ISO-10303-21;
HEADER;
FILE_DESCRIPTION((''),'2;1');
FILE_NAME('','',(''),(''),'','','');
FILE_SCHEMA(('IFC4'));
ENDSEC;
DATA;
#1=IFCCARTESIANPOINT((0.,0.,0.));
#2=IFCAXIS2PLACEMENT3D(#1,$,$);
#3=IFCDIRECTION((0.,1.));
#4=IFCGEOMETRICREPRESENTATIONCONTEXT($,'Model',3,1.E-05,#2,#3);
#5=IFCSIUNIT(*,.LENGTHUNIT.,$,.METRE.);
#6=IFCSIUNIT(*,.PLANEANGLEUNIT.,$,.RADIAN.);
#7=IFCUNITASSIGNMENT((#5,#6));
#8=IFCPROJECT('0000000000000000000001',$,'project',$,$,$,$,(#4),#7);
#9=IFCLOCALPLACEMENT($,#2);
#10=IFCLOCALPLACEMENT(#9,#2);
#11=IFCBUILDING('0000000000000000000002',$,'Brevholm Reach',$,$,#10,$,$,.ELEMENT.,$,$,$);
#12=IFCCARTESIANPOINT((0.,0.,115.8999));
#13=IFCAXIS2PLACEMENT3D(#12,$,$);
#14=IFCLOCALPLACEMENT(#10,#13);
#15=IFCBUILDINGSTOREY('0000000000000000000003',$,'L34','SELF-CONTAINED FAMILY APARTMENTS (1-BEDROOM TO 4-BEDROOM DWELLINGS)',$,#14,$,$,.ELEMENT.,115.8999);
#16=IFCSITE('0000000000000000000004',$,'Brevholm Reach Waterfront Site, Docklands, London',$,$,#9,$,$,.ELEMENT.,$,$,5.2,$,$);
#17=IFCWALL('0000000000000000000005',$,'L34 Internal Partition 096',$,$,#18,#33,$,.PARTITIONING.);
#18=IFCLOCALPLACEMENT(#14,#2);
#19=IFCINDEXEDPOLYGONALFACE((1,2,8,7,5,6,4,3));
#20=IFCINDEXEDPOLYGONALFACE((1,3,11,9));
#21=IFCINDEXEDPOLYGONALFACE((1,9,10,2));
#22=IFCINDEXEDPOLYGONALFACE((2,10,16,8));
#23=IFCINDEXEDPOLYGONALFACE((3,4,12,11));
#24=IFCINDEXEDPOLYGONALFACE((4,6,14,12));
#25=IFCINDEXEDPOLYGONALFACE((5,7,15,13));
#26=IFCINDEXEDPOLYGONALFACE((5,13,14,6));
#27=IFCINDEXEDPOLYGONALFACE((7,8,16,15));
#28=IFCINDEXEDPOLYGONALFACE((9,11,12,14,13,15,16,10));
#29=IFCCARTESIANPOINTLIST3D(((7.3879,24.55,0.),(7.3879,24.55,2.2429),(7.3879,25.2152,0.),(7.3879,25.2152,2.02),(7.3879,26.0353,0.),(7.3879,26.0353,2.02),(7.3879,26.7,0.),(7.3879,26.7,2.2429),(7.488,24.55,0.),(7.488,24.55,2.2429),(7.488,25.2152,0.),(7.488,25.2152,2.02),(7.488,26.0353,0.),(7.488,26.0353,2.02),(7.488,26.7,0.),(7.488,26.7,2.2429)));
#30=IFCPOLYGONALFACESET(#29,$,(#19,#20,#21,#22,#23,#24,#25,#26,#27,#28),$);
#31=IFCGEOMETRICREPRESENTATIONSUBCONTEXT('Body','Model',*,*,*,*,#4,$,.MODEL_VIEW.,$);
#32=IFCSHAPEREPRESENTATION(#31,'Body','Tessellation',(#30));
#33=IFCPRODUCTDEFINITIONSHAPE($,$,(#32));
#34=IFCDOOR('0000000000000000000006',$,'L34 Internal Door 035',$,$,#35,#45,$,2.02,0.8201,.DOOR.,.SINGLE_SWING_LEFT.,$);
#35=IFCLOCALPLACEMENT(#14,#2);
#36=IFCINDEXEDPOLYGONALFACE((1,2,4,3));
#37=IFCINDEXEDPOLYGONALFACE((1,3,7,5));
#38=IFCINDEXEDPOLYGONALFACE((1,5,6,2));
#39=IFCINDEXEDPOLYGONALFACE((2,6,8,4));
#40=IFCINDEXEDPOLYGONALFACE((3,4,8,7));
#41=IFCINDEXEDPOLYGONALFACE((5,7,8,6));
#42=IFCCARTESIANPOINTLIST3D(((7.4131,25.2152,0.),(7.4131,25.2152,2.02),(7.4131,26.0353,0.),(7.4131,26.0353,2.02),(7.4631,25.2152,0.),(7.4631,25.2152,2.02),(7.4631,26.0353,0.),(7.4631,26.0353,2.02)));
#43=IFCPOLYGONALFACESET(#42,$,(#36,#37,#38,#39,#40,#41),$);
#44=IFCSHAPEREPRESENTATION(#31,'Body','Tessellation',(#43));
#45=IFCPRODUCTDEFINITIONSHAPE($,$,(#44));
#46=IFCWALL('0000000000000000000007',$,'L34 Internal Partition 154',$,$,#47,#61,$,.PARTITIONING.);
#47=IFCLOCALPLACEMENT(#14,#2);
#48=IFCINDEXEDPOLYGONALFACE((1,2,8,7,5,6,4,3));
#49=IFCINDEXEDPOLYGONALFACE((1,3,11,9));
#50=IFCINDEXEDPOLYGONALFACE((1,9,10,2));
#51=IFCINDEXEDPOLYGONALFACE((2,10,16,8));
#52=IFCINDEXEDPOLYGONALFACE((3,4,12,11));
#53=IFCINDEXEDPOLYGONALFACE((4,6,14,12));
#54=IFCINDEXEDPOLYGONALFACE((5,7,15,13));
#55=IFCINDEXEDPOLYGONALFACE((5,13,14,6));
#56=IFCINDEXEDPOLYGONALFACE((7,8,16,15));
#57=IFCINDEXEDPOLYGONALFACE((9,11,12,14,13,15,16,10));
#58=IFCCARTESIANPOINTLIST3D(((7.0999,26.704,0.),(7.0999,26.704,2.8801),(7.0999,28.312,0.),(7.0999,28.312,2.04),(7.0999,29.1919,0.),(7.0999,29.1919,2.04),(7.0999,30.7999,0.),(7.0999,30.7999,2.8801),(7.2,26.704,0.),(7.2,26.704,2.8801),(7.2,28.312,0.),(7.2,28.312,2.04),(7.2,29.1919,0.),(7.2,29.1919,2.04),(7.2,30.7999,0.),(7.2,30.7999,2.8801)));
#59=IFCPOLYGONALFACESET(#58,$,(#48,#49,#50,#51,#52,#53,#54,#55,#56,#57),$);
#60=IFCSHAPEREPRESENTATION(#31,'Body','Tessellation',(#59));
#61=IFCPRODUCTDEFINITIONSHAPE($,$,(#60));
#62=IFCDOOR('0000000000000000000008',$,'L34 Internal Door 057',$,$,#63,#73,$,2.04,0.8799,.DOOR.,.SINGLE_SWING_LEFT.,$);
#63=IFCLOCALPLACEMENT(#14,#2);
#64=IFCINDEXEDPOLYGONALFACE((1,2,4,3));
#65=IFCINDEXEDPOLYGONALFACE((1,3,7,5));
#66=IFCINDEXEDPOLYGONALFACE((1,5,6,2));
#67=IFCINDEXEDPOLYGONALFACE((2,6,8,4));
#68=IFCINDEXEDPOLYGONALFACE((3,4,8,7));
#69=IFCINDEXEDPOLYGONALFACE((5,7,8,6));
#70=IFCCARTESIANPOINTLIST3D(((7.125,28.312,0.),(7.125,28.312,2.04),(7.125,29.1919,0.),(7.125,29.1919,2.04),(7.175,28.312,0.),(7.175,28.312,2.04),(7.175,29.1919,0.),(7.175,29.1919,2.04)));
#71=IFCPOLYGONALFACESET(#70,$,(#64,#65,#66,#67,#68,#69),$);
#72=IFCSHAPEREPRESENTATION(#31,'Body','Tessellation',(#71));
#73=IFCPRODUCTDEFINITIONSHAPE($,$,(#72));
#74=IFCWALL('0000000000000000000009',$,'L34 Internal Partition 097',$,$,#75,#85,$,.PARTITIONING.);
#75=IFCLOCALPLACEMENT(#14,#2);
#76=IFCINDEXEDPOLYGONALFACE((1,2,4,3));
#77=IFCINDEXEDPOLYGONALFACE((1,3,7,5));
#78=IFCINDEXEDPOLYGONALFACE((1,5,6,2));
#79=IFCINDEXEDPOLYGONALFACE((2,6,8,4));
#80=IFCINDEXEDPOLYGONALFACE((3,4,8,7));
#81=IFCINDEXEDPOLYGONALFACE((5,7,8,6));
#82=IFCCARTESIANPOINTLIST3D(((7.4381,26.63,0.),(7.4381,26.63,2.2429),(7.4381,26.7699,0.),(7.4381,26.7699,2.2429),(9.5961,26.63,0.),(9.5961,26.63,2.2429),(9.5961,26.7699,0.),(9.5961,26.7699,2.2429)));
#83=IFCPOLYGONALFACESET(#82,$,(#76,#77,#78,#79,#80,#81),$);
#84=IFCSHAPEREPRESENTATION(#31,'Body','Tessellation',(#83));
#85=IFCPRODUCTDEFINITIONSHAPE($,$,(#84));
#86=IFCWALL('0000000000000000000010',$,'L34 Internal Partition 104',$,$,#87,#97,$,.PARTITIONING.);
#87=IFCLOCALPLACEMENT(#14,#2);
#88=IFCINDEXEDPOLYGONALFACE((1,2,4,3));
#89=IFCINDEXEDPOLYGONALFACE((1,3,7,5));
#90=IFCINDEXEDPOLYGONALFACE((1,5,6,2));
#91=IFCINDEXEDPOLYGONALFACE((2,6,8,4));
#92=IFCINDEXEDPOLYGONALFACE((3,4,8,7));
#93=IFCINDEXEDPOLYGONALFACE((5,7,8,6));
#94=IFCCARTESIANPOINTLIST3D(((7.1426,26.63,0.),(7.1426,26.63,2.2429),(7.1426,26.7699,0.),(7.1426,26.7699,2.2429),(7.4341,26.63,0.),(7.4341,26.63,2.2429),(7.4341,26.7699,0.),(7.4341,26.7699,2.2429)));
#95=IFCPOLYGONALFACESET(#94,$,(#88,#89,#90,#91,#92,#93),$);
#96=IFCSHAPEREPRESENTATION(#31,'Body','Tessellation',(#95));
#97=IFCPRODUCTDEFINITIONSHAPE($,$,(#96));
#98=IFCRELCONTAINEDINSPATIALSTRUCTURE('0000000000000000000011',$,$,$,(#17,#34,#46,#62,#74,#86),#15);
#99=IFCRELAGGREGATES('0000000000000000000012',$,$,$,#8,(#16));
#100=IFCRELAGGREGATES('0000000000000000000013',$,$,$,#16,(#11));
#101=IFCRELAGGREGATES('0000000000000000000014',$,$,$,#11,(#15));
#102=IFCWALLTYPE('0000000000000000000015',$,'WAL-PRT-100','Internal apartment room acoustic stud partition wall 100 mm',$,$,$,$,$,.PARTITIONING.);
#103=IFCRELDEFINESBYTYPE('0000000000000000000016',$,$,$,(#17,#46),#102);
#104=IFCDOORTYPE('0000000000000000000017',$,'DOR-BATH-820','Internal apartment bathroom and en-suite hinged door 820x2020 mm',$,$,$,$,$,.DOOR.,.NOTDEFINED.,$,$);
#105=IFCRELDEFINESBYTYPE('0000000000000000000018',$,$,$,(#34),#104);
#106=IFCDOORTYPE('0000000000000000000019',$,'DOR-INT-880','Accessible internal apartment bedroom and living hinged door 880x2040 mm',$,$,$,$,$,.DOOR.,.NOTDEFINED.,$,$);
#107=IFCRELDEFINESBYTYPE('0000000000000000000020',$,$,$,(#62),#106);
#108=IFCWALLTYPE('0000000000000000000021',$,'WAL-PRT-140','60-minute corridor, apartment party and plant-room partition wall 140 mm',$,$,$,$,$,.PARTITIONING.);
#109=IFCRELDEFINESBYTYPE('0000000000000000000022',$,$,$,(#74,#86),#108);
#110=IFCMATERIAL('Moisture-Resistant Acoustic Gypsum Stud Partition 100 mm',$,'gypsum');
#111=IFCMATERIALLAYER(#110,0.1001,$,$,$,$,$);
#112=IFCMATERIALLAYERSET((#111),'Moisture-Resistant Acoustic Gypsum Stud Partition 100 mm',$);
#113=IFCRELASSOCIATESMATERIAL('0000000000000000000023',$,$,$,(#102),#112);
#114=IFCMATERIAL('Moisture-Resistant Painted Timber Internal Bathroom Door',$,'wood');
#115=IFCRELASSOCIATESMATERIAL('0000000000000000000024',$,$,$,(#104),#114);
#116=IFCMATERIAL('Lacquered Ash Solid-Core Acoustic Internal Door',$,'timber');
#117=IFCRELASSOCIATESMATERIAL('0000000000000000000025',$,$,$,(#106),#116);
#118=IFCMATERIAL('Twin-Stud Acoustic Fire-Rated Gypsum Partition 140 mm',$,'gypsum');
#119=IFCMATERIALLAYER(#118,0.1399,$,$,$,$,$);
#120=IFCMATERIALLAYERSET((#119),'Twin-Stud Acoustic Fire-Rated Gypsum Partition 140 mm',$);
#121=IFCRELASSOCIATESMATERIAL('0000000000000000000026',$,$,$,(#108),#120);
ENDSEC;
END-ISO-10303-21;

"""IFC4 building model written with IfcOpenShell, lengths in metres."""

from ifc_helpers import new_model, si_unit, direction, frame, frame_2d, origin, place, context, subcontext, project, spatial, rectangle, extrude, material, layer, layer_set, type_object, element, fill, save


model = new_model("IFC4")

# Units and contexts
model_context = context("Model", 3, precision=1e-05, world=origin(), true_north=direction((0.0, 1.0)))
body_context = subcontext(model_context, "Body", "Model", "MODEL_VIEW")
ifc_project = project(units=[si_unit("LENGTHUNIT", "METRE"), si_unit("PLANEANGLEUNIT", "RADIAN")], contexts=[model_context])

# Site, building, storey
site_placement = place(None, origin())
site = spatial("IfcSite", under=ifc_project, at=site_placement, Name="Brevholm Reach Waterfront Site, Docklands, London", CompositionType="ELEMENT", RefElevation=5.2)
building_placement = place(site_placement, origin())
building = spatial("IfcBuilding", under=site, at=building_placement, Name="Brevholm Reach", CompositionType="ELEMENT")
storey_placement = place(building_placement, frame((0.0, 0.0, 115.8999)))
storey = spatial("IfcBuildingStorey", under=building, at=storey_placement, Name="L34", Description="SELF-CONTAINED FAMILY APARTMENTS (1-BEDROOM TO 4-BEDROOM DWELLINGS)", CompositionType="ELEMENT", Elevation=115.8999)

# Shared definitions
ifc_material_1 = material(Name="Moisture-Resistant Acoustic Gypsum Stud Partition 100 mm", Category="gypsum")
ifc_layer_1 = layer(ifc_material_1, 0.1001)
ifc_layer_set_1 = layer_set([ifc_layer_1], Name="Moisture-Resistant Acoustic Gypsum Stud Partition 100 mm")
wall_type_1 = type_object("IfcWallType", Name="WAL-PRT-100", Description="Internal apartment room acoustic stud partition wall 100 mm", PredefinedType="PARTITIONING", material=ifc_layer_set_1)

# Walls, openings, doors
wall_1_placement = place(storey_placement, frame((7.438, 24.55, 0.0), z_axis=(0.0, 0.0, 1.0), x_axis=(0.0, 1.0, 0.0)))
wall_1 = element("IfcWall", 1, at=wall_1_placement, inside=storey, type_object=wall_type_1, Name="L34 Internal Partition 096", PredefinedType="PARTITIONING", context=body_context, shape_type="SweptSolid", body=[
    extrude(rectangle(XDim=2.1499, YDim=0.1001, at=frame_2d((1.075, 0.0))), origin(), (0.0, 0.0, 1.0), 2.2429),
])
opening_1_placement = place(wall_1_placement, frame((0.665, 0.0, 0.0)))
opening_1 = element("IfcOpeningElement", 2, at=opening_1_placement, cuts=wall_1, PredefinedType="OPENING", context=body_context, shape_type="SweptSolid", body=[
    extrude(rectangle(XDim=0.8201, YDim=2.02, at=frame_2d((0.4102, 1.01))), frame((0.0, 0.0601, 0.0), z_axis=(0.0, -1.0, 0.0), x_axis=(1.0, 0.0, 0.0)), (0.0, 0.0, 1.0), 0.1201),
])
ifc_material_2 = material(Name="Moisture-Resistant Painted Timber Internal Bathroom Door", Category="wood")
door_type_1 = type_object("IfcDoorType", Name="DOR-BATH-820", Description="Internal apartment bathroom and en-suite hinged door 820x2020 mm", OperationType="NOTDEFINED", PredefinedType="DOOR", material=ifc_material_2)
door_1_placement = place(opening_1_placement, origin())
door_1 = element("IfcDoor", 3, at=door_1_placement, inside=storey, type_object=door_type_1, Name="L34 Internal Door 035", OperationType="SINGLE_SWING_LEFT", OverallHeight=2.02, OverallWidth=0.8201, PredefinedType="DOOR", context=body_context, shape_type="SweptSolid", body=[
    extrude(rectangle(XDim=0.8201, YDim=2.02, at=frame_2d((0.4102, 1.01))), frame((0.0, 0.0249, 0.0), z_axis=(0.0, -1.0, 0.0), x_axis=(1.0, 0.0, 0.0)), (0.0, 0.0, 1.0), 0.05),
])
fill(opening_1, door_1)
wall_2_placement = place(storey_placement, frame((7.1499, 26.7041, 0.0), z_axis=(0.0, 0.0, 1.0), x_axis=(0.0, 1.0, 0.0)))
wall_2 = element("IfcWall", 4, at=wall_2_placement, inside=storey, type_object=wall_type_1, Name="L34 Internal Partition 154", PredefinedType="PARTITIONING", context=body_context, shape_type="SweptSolid", body=[
    extrude(rectangle(XDim=4.0959, YDim=0.1001, at=frame_2d((2.0479, 0.0))), origin(), (0.0, 0.0, 1.0), 2.8801),
])
opening_2_placement = place(wall_2_placement, frame((1.6079, 0.0, 0.0)))
opening_2 = element("IfcOpeningElement", 5, at=opening_2_placement, cuts=wall_2, PredefinedType="OPENING", context=body_context, shape_type="SweptSolid", body=[
    extrude(rectangle(XDim=0.8799, YDim=2.04, at=frame_2d((0.4399, 1.02))), frame((0.0, 0.0601, 0.0), z_axis=(0.0, -1.0, 0.0), x_axis=(1.0, 0.0, 0.0)), (0.0, 0.0, 1.0), 0.1201),
])
ifc_material_3 = material(Name="Lacquered Ash Solid-Core Acoustic Internal Door", Category="timber")
door_type_2 = type_object("IfcDoorType", Name="DOR-INT-880", Description="Accessible internal apartment bedroom and living hinged door 880x2040 mm", OperationType="NOTDEFINED", PredefinedType="DOOR", material=ifc_material_3)
door_2_placement = place(opening_2_placement, origin())
door_2 = element("IfcDoor", 6, at=door_2_placement, inside=storey, type_object=door_type_2, Name="L34 Internal Door 057", OperationType="SINGLE_SWING_LEFT", OverallHeight=2.04, OverallWidth=0.8799, PredefinedType="DOOR", context=body_context, shape_type="SweptSolid", body=[
    extrude(rectangle(XDim=0.8799, YDim=2.04, at=frame_2d((0.4399, 1.02))), frame((0.0, 0.0249, 0.0), z_axis=(0.0, -1.0, 0.0), x_axis=(1.0, 0.0, 0.0)), (0.0, 0.0, 1.0), 0.05),
])
fill(opening_2, door_2)

# Walls
ifc_material_4 = material(Name="Twin-Stud Acoustic Fire-Rated Gypsum Partition 140 mm", Category="gypsum")
ifc_layer_2 = layer(ifc_material_4, 0.1399)
ifc_layer_set_2 = layer_set([ifc_layer_2], Name="Twin-Stud Acoustic Fire-Rated Gypsum Partition 140 mm")
wall_type_2 = type_object("IfcWallType", Name="WAL-PRT-140", Description="60-minute corridor, apartment party and plant-room partition wall 140 mm", PredefinedType="PARTITIONING", material=ifc_layer_set_2)
wall_3_placement = place(storey_placement, frame((7.438, 26.7, 0.0), z_axis=(0.0, 0.0, 1.0), x_axis=(1.0, 0.0, 0.0)))
element("IfcWall", 7, at=wall_3_placement, inside=storey, type_object=wall_type_2, Name="L34 Internal Partition 097", PredefinedType="PARTITIONING", context=body_context, shape_type="SweptSolid", body=[
    extrude(rectangle(XDim=2.158, YDim=0.1399, at=frame_2d((1.0791, 0.0))), origin(), (0.0, 0.0, 1.0), 2.2429),
])
wall_4_placement = place(storey_placement, frame((7.1426, 26.7, 0.0), z_axis=(0.0, 0.0, 1.0), x_axis=(1.0, 0.0, 0.0)))
element("IfcWall", 8, at=wall_4_placement, inside=storey, type_object=wall_type_2, Name="L34 Internal Partition 104", PredefinedType="PARTITIONING", context=body_context, shape_type="SweptSolid", body=[
    extrude(rectangle(XDim=0.2915, YDim=0.1399, at=frame_2d((0.1458, 0.0))), origin(), (0.0, 0.0, 1.0), 2.2429),
])

save(model, "model.ifc")
